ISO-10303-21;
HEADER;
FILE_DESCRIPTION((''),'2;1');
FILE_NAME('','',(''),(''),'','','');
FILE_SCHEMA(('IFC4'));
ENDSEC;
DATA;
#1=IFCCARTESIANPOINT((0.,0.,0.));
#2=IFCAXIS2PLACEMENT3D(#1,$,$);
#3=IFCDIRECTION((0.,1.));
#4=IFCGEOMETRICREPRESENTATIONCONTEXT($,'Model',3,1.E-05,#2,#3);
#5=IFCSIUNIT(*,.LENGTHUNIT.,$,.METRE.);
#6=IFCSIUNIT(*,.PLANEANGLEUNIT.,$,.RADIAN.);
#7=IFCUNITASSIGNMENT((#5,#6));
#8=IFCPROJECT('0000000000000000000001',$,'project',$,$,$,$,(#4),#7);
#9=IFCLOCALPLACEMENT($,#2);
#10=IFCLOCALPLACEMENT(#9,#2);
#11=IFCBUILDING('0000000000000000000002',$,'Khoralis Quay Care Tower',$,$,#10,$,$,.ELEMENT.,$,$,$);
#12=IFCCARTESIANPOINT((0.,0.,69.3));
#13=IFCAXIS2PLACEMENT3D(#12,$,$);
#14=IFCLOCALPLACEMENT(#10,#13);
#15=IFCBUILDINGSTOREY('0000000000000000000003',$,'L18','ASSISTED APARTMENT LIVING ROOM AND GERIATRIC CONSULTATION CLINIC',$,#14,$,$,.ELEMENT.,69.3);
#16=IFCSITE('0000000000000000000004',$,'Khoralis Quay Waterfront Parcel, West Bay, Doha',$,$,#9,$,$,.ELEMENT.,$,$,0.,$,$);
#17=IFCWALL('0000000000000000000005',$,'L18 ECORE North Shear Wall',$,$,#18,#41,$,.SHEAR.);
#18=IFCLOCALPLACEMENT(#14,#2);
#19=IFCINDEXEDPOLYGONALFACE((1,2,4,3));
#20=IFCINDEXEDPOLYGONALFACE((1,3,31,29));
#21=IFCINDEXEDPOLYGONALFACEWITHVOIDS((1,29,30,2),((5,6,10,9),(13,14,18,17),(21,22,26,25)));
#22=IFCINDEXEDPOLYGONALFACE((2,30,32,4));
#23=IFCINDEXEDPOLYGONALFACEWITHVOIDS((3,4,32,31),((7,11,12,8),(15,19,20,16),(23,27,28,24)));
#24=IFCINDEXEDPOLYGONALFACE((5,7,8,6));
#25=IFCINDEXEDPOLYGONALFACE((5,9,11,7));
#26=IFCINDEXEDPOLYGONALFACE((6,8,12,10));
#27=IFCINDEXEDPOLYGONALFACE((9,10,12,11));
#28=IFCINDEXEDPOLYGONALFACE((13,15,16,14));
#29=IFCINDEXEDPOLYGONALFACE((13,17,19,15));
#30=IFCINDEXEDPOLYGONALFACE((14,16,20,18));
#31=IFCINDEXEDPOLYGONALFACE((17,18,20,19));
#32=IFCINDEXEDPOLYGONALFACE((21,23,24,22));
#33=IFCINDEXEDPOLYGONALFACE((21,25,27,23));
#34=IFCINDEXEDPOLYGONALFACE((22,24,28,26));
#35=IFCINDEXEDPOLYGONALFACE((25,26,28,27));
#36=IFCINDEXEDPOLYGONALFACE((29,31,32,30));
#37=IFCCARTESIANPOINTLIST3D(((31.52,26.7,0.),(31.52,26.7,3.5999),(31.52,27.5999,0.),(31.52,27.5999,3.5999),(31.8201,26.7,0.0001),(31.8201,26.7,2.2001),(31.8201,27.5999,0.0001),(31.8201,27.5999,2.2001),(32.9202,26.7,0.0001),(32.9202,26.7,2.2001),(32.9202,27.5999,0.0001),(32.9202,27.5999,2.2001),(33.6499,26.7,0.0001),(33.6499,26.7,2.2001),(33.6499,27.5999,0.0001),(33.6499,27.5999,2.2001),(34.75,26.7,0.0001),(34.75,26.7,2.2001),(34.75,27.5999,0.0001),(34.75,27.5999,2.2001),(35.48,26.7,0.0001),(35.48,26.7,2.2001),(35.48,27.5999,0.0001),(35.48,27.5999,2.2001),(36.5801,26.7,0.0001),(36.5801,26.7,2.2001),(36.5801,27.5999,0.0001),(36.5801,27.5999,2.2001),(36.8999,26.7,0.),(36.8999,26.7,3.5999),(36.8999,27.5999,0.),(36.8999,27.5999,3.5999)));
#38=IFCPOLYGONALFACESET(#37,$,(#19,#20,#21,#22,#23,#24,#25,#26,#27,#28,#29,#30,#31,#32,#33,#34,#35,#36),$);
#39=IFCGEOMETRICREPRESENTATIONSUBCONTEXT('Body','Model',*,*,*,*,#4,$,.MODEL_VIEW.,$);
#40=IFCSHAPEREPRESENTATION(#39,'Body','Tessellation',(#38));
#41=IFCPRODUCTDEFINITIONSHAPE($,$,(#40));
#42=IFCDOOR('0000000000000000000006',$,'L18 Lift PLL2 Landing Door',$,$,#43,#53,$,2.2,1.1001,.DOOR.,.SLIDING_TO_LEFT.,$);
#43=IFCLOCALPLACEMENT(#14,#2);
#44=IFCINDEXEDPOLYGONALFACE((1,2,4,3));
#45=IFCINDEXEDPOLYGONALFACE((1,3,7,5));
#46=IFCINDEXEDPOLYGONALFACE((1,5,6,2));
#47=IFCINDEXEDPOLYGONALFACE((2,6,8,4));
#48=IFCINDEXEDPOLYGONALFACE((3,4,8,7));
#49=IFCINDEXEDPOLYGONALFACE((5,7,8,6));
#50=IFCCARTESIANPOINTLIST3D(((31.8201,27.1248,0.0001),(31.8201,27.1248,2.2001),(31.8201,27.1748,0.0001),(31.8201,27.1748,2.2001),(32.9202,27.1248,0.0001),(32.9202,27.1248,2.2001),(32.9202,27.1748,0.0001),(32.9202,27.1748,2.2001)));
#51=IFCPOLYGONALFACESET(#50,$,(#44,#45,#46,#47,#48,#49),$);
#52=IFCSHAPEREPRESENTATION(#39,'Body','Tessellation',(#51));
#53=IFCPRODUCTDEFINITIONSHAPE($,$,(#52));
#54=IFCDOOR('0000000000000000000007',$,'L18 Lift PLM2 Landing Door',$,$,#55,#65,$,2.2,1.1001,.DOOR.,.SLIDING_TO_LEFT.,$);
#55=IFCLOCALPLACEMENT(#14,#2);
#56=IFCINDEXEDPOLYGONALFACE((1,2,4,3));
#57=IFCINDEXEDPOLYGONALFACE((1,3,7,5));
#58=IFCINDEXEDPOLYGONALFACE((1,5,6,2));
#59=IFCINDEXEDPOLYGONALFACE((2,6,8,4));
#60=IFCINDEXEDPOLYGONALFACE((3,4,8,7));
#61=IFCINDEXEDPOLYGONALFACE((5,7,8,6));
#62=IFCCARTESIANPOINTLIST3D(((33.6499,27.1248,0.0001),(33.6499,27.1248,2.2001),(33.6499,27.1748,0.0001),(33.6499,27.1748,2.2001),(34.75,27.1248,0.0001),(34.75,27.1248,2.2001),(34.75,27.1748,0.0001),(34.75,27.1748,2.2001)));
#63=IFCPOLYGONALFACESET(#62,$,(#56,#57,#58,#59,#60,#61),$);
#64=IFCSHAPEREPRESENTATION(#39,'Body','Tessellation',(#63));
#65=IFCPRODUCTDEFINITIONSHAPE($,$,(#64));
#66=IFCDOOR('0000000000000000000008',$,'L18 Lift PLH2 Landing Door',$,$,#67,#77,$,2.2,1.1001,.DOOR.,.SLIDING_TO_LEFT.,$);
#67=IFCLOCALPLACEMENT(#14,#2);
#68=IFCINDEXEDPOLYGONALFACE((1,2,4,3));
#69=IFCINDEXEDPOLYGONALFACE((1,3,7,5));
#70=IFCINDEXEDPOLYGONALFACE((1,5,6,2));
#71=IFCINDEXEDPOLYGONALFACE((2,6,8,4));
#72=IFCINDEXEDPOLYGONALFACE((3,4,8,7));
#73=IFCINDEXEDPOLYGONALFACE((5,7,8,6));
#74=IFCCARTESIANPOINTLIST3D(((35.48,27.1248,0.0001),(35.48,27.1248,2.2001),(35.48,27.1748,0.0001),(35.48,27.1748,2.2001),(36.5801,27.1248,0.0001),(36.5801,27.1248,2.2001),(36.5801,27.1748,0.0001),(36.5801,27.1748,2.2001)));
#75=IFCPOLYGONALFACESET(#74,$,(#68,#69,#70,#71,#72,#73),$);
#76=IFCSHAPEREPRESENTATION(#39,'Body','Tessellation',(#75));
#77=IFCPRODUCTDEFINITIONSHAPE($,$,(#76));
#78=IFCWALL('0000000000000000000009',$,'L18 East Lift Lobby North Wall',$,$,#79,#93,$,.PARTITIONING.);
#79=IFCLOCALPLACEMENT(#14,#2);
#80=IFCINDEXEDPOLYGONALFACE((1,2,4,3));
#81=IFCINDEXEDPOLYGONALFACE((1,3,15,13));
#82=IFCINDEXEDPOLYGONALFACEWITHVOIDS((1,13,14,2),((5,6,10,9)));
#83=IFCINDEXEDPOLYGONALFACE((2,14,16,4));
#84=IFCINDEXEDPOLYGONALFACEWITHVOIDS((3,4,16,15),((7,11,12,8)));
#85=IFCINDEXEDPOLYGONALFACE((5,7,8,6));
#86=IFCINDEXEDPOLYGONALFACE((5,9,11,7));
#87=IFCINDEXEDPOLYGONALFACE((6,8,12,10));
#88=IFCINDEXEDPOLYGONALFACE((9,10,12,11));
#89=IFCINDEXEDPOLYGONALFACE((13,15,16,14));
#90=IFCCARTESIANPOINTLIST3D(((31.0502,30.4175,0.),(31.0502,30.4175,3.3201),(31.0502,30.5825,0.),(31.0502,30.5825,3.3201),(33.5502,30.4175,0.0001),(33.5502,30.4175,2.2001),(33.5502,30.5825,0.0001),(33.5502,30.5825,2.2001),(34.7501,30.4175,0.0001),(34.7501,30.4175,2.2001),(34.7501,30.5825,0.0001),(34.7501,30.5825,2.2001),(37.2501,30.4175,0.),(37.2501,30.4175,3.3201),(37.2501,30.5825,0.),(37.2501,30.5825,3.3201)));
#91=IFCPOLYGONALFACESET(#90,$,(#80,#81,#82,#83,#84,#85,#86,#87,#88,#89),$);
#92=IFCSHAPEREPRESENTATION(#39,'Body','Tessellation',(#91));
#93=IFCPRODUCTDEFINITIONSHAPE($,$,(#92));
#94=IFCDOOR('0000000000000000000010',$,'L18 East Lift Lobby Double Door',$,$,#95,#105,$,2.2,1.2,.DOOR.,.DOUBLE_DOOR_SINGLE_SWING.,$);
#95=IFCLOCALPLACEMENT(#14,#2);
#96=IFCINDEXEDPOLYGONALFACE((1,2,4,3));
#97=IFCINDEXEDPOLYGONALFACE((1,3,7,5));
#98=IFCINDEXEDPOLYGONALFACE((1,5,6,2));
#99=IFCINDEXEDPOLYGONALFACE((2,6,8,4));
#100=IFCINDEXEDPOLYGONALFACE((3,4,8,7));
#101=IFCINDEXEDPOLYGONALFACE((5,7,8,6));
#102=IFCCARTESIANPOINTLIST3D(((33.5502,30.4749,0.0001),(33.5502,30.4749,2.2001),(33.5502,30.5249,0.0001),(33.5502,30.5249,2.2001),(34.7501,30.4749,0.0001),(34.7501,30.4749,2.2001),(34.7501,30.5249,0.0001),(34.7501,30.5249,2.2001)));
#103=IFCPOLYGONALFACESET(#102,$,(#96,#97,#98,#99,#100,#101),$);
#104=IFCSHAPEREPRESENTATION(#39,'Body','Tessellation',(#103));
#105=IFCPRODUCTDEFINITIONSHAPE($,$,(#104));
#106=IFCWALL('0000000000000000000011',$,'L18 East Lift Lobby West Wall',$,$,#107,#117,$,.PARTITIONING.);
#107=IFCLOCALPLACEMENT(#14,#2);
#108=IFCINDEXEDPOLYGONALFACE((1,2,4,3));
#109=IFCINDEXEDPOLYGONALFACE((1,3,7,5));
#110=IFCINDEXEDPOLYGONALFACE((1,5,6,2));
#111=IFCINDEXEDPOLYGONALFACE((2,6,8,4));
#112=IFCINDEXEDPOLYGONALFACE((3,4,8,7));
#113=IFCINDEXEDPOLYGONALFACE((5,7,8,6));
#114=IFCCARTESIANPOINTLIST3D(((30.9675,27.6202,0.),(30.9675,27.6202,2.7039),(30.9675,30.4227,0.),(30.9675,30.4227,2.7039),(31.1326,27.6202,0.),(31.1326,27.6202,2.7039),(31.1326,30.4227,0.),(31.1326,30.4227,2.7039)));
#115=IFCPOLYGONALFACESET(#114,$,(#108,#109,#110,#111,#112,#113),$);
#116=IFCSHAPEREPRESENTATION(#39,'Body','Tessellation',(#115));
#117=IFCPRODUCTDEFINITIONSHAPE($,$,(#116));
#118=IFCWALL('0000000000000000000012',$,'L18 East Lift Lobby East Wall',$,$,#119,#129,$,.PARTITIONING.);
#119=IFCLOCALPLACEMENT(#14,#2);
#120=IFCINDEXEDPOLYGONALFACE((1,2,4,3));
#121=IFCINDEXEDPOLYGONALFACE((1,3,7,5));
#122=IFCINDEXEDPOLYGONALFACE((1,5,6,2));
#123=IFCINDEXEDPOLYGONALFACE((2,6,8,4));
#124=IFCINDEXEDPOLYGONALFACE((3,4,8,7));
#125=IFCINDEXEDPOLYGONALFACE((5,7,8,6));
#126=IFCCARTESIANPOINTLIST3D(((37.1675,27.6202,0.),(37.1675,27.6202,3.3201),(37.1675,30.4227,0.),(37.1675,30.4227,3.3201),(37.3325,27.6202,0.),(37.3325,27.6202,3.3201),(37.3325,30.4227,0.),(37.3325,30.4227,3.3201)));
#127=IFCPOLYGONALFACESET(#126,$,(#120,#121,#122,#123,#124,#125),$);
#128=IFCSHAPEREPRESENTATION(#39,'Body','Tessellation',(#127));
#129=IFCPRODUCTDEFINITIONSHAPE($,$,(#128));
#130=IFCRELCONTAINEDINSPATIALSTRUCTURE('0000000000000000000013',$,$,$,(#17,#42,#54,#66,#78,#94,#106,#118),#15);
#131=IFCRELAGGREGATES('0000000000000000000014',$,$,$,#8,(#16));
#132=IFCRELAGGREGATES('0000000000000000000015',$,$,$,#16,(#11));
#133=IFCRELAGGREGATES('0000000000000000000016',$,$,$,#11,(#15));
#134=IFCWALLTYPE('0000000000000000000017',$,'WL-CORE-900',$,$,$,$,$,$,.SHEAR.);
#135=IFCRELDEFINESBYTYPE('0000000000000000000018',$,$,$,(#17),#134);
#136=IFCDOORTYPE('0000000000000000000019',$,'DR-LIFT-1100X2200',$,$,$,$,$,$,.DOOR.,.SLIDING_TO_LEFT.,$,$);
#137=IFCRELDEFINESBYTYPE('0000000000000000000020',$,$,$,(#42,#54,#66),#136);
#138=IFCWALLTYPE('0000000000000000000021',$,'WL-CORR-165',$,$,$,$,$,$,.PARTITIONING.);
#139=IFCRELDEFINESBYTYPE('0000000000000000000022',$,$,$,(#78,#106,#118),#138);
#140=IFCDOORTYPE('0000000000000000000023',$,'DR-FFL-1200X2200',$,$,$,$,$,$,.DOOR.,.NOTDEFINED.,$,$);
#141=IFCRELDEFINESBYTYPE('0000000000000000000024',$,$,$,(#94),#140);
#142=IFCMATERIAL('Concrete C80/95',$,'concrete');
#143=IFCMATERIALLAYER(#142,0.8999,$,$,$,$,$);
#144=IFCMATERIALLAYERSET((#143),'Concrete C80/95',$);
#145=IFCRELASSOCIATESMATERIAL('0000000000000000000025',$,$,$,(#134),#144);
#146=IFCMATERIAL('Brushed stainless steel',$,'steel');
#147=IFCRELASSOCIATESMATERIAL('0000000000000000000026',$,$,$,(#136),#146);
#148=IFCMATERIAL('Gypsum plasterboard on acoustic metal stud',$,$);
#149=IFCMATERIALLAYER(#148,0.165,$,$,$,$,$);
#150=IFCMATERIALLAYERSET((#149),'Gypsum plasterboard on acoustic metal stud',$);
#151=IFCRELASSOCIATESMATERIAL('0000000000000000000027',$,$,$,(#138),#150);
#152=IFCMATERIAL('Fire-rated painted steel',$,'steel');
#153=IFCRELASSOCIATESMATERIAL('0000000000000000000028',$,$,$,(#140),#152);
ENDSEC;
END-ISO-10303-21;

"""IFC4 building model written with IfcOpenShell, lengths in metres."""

from ifc_helpers import new_model, si_unit, direction, frame, frame_2d, origin, place, context, subcontext, project, spatial, rectangle, extrude, source, transform, mapped, material, layer, layer_set, type_object, element, fill, save


model = new_model("IFC4")

# Units and contexts
model_context = context("Model", 3, precision=1e-05, world=origin(), true_north=direction((0.0, 1.0)))
body_context = subcontext(model_context, "Body", "Model", "MODEL_VIEW")
ifc_project = project(units=[si_unit("LENGTHUNIT", "METRE"), si_unit("PLANEANGLEUNIT", "RADIAN")], contexts=[model_context])

# Site, building, storey
site_placement = place(None, origin())
site = spatial("IfcSite", under=ifc_project, at=site_placement, Name="Khoralis Quay Waterfront Parcel, West Bay, Doha", CompositionType="ELEMENT", RefElevation=0.0)
building_placement = place(site_placement, origin())
building = spatial("IfcBuilding", under=site, at=building_placement, Name="Khoralis Quay Care Tower", CompositionType="ELEMENT")
storey_placement = place(building_placement, frame((0.0, 0.0, 69.3)))
storey = spatial("IfcBuildingStorey", under=building, at=storey_placement, Name="L18", Description="ASSISTED APARTMENT LIVING ROOM AND GERIATRIC CONSULTATION CLINIC", CompositionType="ELEMENT", Elevation=69.3)

# Wall, openings, doors
ifc_material_1 = material(Name="Concrete C80/95", Category="concrete")
ifc_layer_1 = layer(ifc_material_1, 0.8999)
ifc_layer_set_1 = layer_set([ifc_layer_1], Name="Concrete C80/95")
wall_type_1 = type_object("IfcWallType", Name="WL-CORE-900", PredefinedType="SHEAR", material=ifc_layer_set_1)
wall_1_placement = place(storey_placement, frame((31.52, 27.1499, 0.0), z_axis=(0.0, 0.0, 1.0), x_axis=(1.0, 0.0, 0.0)))
wall_1 = element("IfcWall", 1, at=wall_1_placement, inside=storey, type_object=wall_type_1, Name="L18 ECORE North Shear Wall", PredefinedType="SHEAR", context=body_context, shape_type="SweptSolid", body=[
    extrude(rectangle(XDim=5.3799, YDim=0.8999, at=frame_2d((2.6899, 0.0))), origin(), (0.0, 0.0, 1.0), 3.5999),
])
opening_1_placement = place(wall_1_placement, frame((0.3, 0.0, 0.0)))
opening_1 = element("IfcOpeningElement", 2, at=opening_1_placement, cuts=wall_1, PredefinedType="OPENING", context=body_context, shape_type="SweptSolid", body=[
    extrude(rectangle(XDim=1.1001, YDim=2.2, at=frame_2d((0.55, 1.1001))), frame((0.0, 0.46, 0.0), z_axis=(0.0, -1.0, 0.0), x_axis=(1.0, 0.0, 0.0)), (0.0, 0.0, 1.0), 0.9199),
])
opening_2_placement = place(wall_1_placement, frame((2.1299, 0.0, 0.0)))
opening_2 = element("IfcOpeningElement", 3, at=opening_2_placement, cuts=wall_1, PredefinedType="OPENING", context=body_context, shape_type="SweptSolid", body=[
    extrude(rectangle(XDim=1.1001, YDim=2.2, at=frame_2d((0.55, 1.1001))), frame((0.0, 0.46, 0.0), z_axis=(0.0, -1.0, 0.0), x_axis=(1.0, 0.0, 0.0)), (0.0, 0.0, 1.0), 0.9199),
])
opening_3_placement = place(wall_1_placement, frame((3.96, 0.0, 0.0)))
opening_3 = element("IfcOpeningElement", 4, at=opening_3_placement, cuts=wall_1, PredefinedType="OPENING", context=body_context, shape_type="SweptSolid", body=[
    extrude(rectangle(XDim=1.1001, YDim=2.2, at=frame_2d((0.55, 1.1001))), frame((0.0, 0.46, 0.0), z_axis=(0.0, -1.0, 0.0), x_axis=(1.0, 0.0, 0.0)), (0.0, 0.0, 1.0), 0.9199),
])
ifc_material_2 = material(Name="Brushed stainless steel", Category="steel")
door_type_1 = type_object("IfcDoorType", Name="DR-LIFT-1100X2200", OperationType="SLIDING_TO_LEFT", PredefinedType="DOOR", material=ifc_material_2)
shared_shape_1 = source(origin(), body_context, "Body", "SweptSolid", [
    extrude(rectangle(XDim=1.1001, YDim=2.2, at=frame_2d((0.55, 1.1001))), frame((0.0, 0.0249, 0.0), z_axis=(0.0, -1.0, 0.0), x_axis=(1.0, 0.0, 0.0)), (0.0, 0.0, 1.0), 0.05),
])
door_1_placement = place(opening_1_placement, origin())
door_1 = element("IfcDoor", 5, at=door_1_placement, inside=storey, type_object=door_type_1, Name="L18 Lift PLL2 Landing Door", OperationType="SLIDING_TO_LEFT", OverallHeight=2.2, OverallWidth=1.1001, PredefinedType="DOOR", context=body_context, shape_type="MappedRepresentation", body=[
    mapped(shared_shape_1, transform((0.0, 0.0, 0.0), scale=1.0)),
])
fill(opening_1, door_1)
door_2_placement = place(opening_2_placement, origin())
door_2 = element("IfcDoor", 6, at=door_2_placement, inside=storey, type_object=door_type_1, Name="L18 Lift PLM2 Landing Door", OperationType="SLIDING_TO_LEFT", OverallHeight=2.2, OverallWidth=1.1001, PredefinedType="DOOR", context=body_context, shape_type="MappedRepresentation", body=[
    mapped(shared_shape_1, transform((0.0, 0.0, 0.0), scale=1.0)),
])
fill(opening_2, door_2)
door_3_placement = place(opening_3_placement, origin())
door_3 = element("IfcDoor", 7, at=door_3_placement, inside=storey, type_object=door_type_1, Name="L18 Lift PLH2 Landing Door", OperationType="SLIDING_TO_LEFT", OverallHeight=2.2, OverallWidth=1.1001, PredefinedType="DOOR", context=body_context, shape_type="MappedRepresentation", body=[
    mapped(shared_shape_1, transform((0.0, 0.0, 0.0), scale=1.0)),
])
fill(opening_3, door_3)

# Wall, opening, door
ifc_material_3 = material(Name="Gypsum plasterboard on acoustic metal stud")
ifc_layer_2 = layer(ifc_material_3, 0.165)
ifc_layer_set_2 = layer_set([ifc_layer_2], Name="Gypsum plasterboard on acoustic metal stud")
wall_type_2 = type_object("IfcWallType", Name="WL-CORR-165", PredefinedType="PARTITIONING", material=ifc_layer_set_2)
wall_2_placement = place(storey_placement, frame((31.05, 30.5, 0.0), z_axis=(0.0, 0.0, 1.0), x_axis=(1.0, 0.0, 0.0)))
wall_2 = element("IfcWall", 8, at=wall_2_placement, inside=storey, type_object=wall_type_2, Name="L18 East Lift Lobby North Wall", PredefinedType="PARTITIONING", context=body_context, shape_type="SweptSolid", body=[
    extrude(rectangle(XDim=6.2, YDim=0.165, at=frame_2d((3.1001, 0.0))), origin(), (0.0, 0.0, 1.0), 3.3201),
])
opening_4_placement = place(wall_2_placement, frame((2.5, 0.0, 0.0)))
opening_4 = element("IfcOpeningElement", 9, at=opening_4_placement, cuts=wall_2, PredefinedType="OPENING", context=body_context, shape_type="SweptSolid", body=[
    extrude(rectangle(XDim=1.2, YDim=2.2, at=frame_2d((0.6001, 1.1001))), frame((0.0, 0.0925, 0.0), z_axis=(0.0, -1.0, 0.0), x_axis=(1.0, 0.0, 0.0)), (0.0, 0.0, 1.0), 0.1851),
])
ifc_material_4 = material(Name="Fire-rated painted steel", Category="steel")
door_type_2 = type_object("IfcDoorType", Name="DR-FFL-1200X2200", OperationType="NOTDEFINED", PredefinedType="DOOR", material=ifc_material_4)
shared_shape_2 = source(origin(), body_context, "Body", "SweptSolid", [
    extrude(rectangle(XDim=1.2, YDim=2.2, at=frame_2d((0.6001, 1.1001))), frame((0.0, 0.0249, 0.0), z_axis=(0.0, -1.0, 0.0), x_axis=(1.0, 0.0, 0.0)), (0.0, 0.0, 1.0), 0.05),
])
door_4_placement = place(opening_4_placement, origin())
door_4 = element("IfcDoor", 10, at=door_4_placement, inside=storey, type_object=door_type_2, Name="L18 East Lift Lobby Double Door", OperationType="DOUBLE_DOOR_SINGLE_SWING", OverallHeight=2.2, OverallWidth=1.2, PredefinedType="DOOR", context=body_context, shape_type="MappedRepresentation", body=[
    mapped(shared_shape_2, transform((0.0, 0.0, 0.0), scale=1.0)),
])
fill(opening_4, door_4)

# Walls
wall_3_placement = place(storey_placement, frame((31.05, 27.6201, 0.0), z_axis=(0.0, 0.0, 1.0), x_axis=(0.0, 1.0, 0.0)))
element("IfcWall", 11, at=wall_3_placement, inside=storey, type_object=wall_type_2, Name="L18 East Lift Lobby West Wall", PredefinedType="PARTITIONING", context=body_context, shape_type="SweptSolid", body=[
    extrude(rectangle(XDim=2.8025, YDim=0.165, at=frame_2d((1.4014, 0.0))), origin(), (0.0, 0.0, 1.0), 2.7039),
])
wall_4_placement = place(storey_placement, frame((37.25, 27.6201, 0.0), z_axis=(0.0, 0.0, 1.0), x_axis=(0.0, 1.0, 0.0)))
element("IfcWall", 12, at=wall_4_placement, inside=storey, type_object=wall_type_2, Name="L18 East Lift Lobby East Wall", PredefinedType="PARTITIONING", context=body_context, shape_type="SweptSolid", body=[
    extrude(rectangle(XDim=2.8025, YDim=0.165, at=frame_2d((1.4014, 0.0))), origin(), (0.0, 0.0, 1.0), 3.3201),
])

save(model, "model.ifc")
